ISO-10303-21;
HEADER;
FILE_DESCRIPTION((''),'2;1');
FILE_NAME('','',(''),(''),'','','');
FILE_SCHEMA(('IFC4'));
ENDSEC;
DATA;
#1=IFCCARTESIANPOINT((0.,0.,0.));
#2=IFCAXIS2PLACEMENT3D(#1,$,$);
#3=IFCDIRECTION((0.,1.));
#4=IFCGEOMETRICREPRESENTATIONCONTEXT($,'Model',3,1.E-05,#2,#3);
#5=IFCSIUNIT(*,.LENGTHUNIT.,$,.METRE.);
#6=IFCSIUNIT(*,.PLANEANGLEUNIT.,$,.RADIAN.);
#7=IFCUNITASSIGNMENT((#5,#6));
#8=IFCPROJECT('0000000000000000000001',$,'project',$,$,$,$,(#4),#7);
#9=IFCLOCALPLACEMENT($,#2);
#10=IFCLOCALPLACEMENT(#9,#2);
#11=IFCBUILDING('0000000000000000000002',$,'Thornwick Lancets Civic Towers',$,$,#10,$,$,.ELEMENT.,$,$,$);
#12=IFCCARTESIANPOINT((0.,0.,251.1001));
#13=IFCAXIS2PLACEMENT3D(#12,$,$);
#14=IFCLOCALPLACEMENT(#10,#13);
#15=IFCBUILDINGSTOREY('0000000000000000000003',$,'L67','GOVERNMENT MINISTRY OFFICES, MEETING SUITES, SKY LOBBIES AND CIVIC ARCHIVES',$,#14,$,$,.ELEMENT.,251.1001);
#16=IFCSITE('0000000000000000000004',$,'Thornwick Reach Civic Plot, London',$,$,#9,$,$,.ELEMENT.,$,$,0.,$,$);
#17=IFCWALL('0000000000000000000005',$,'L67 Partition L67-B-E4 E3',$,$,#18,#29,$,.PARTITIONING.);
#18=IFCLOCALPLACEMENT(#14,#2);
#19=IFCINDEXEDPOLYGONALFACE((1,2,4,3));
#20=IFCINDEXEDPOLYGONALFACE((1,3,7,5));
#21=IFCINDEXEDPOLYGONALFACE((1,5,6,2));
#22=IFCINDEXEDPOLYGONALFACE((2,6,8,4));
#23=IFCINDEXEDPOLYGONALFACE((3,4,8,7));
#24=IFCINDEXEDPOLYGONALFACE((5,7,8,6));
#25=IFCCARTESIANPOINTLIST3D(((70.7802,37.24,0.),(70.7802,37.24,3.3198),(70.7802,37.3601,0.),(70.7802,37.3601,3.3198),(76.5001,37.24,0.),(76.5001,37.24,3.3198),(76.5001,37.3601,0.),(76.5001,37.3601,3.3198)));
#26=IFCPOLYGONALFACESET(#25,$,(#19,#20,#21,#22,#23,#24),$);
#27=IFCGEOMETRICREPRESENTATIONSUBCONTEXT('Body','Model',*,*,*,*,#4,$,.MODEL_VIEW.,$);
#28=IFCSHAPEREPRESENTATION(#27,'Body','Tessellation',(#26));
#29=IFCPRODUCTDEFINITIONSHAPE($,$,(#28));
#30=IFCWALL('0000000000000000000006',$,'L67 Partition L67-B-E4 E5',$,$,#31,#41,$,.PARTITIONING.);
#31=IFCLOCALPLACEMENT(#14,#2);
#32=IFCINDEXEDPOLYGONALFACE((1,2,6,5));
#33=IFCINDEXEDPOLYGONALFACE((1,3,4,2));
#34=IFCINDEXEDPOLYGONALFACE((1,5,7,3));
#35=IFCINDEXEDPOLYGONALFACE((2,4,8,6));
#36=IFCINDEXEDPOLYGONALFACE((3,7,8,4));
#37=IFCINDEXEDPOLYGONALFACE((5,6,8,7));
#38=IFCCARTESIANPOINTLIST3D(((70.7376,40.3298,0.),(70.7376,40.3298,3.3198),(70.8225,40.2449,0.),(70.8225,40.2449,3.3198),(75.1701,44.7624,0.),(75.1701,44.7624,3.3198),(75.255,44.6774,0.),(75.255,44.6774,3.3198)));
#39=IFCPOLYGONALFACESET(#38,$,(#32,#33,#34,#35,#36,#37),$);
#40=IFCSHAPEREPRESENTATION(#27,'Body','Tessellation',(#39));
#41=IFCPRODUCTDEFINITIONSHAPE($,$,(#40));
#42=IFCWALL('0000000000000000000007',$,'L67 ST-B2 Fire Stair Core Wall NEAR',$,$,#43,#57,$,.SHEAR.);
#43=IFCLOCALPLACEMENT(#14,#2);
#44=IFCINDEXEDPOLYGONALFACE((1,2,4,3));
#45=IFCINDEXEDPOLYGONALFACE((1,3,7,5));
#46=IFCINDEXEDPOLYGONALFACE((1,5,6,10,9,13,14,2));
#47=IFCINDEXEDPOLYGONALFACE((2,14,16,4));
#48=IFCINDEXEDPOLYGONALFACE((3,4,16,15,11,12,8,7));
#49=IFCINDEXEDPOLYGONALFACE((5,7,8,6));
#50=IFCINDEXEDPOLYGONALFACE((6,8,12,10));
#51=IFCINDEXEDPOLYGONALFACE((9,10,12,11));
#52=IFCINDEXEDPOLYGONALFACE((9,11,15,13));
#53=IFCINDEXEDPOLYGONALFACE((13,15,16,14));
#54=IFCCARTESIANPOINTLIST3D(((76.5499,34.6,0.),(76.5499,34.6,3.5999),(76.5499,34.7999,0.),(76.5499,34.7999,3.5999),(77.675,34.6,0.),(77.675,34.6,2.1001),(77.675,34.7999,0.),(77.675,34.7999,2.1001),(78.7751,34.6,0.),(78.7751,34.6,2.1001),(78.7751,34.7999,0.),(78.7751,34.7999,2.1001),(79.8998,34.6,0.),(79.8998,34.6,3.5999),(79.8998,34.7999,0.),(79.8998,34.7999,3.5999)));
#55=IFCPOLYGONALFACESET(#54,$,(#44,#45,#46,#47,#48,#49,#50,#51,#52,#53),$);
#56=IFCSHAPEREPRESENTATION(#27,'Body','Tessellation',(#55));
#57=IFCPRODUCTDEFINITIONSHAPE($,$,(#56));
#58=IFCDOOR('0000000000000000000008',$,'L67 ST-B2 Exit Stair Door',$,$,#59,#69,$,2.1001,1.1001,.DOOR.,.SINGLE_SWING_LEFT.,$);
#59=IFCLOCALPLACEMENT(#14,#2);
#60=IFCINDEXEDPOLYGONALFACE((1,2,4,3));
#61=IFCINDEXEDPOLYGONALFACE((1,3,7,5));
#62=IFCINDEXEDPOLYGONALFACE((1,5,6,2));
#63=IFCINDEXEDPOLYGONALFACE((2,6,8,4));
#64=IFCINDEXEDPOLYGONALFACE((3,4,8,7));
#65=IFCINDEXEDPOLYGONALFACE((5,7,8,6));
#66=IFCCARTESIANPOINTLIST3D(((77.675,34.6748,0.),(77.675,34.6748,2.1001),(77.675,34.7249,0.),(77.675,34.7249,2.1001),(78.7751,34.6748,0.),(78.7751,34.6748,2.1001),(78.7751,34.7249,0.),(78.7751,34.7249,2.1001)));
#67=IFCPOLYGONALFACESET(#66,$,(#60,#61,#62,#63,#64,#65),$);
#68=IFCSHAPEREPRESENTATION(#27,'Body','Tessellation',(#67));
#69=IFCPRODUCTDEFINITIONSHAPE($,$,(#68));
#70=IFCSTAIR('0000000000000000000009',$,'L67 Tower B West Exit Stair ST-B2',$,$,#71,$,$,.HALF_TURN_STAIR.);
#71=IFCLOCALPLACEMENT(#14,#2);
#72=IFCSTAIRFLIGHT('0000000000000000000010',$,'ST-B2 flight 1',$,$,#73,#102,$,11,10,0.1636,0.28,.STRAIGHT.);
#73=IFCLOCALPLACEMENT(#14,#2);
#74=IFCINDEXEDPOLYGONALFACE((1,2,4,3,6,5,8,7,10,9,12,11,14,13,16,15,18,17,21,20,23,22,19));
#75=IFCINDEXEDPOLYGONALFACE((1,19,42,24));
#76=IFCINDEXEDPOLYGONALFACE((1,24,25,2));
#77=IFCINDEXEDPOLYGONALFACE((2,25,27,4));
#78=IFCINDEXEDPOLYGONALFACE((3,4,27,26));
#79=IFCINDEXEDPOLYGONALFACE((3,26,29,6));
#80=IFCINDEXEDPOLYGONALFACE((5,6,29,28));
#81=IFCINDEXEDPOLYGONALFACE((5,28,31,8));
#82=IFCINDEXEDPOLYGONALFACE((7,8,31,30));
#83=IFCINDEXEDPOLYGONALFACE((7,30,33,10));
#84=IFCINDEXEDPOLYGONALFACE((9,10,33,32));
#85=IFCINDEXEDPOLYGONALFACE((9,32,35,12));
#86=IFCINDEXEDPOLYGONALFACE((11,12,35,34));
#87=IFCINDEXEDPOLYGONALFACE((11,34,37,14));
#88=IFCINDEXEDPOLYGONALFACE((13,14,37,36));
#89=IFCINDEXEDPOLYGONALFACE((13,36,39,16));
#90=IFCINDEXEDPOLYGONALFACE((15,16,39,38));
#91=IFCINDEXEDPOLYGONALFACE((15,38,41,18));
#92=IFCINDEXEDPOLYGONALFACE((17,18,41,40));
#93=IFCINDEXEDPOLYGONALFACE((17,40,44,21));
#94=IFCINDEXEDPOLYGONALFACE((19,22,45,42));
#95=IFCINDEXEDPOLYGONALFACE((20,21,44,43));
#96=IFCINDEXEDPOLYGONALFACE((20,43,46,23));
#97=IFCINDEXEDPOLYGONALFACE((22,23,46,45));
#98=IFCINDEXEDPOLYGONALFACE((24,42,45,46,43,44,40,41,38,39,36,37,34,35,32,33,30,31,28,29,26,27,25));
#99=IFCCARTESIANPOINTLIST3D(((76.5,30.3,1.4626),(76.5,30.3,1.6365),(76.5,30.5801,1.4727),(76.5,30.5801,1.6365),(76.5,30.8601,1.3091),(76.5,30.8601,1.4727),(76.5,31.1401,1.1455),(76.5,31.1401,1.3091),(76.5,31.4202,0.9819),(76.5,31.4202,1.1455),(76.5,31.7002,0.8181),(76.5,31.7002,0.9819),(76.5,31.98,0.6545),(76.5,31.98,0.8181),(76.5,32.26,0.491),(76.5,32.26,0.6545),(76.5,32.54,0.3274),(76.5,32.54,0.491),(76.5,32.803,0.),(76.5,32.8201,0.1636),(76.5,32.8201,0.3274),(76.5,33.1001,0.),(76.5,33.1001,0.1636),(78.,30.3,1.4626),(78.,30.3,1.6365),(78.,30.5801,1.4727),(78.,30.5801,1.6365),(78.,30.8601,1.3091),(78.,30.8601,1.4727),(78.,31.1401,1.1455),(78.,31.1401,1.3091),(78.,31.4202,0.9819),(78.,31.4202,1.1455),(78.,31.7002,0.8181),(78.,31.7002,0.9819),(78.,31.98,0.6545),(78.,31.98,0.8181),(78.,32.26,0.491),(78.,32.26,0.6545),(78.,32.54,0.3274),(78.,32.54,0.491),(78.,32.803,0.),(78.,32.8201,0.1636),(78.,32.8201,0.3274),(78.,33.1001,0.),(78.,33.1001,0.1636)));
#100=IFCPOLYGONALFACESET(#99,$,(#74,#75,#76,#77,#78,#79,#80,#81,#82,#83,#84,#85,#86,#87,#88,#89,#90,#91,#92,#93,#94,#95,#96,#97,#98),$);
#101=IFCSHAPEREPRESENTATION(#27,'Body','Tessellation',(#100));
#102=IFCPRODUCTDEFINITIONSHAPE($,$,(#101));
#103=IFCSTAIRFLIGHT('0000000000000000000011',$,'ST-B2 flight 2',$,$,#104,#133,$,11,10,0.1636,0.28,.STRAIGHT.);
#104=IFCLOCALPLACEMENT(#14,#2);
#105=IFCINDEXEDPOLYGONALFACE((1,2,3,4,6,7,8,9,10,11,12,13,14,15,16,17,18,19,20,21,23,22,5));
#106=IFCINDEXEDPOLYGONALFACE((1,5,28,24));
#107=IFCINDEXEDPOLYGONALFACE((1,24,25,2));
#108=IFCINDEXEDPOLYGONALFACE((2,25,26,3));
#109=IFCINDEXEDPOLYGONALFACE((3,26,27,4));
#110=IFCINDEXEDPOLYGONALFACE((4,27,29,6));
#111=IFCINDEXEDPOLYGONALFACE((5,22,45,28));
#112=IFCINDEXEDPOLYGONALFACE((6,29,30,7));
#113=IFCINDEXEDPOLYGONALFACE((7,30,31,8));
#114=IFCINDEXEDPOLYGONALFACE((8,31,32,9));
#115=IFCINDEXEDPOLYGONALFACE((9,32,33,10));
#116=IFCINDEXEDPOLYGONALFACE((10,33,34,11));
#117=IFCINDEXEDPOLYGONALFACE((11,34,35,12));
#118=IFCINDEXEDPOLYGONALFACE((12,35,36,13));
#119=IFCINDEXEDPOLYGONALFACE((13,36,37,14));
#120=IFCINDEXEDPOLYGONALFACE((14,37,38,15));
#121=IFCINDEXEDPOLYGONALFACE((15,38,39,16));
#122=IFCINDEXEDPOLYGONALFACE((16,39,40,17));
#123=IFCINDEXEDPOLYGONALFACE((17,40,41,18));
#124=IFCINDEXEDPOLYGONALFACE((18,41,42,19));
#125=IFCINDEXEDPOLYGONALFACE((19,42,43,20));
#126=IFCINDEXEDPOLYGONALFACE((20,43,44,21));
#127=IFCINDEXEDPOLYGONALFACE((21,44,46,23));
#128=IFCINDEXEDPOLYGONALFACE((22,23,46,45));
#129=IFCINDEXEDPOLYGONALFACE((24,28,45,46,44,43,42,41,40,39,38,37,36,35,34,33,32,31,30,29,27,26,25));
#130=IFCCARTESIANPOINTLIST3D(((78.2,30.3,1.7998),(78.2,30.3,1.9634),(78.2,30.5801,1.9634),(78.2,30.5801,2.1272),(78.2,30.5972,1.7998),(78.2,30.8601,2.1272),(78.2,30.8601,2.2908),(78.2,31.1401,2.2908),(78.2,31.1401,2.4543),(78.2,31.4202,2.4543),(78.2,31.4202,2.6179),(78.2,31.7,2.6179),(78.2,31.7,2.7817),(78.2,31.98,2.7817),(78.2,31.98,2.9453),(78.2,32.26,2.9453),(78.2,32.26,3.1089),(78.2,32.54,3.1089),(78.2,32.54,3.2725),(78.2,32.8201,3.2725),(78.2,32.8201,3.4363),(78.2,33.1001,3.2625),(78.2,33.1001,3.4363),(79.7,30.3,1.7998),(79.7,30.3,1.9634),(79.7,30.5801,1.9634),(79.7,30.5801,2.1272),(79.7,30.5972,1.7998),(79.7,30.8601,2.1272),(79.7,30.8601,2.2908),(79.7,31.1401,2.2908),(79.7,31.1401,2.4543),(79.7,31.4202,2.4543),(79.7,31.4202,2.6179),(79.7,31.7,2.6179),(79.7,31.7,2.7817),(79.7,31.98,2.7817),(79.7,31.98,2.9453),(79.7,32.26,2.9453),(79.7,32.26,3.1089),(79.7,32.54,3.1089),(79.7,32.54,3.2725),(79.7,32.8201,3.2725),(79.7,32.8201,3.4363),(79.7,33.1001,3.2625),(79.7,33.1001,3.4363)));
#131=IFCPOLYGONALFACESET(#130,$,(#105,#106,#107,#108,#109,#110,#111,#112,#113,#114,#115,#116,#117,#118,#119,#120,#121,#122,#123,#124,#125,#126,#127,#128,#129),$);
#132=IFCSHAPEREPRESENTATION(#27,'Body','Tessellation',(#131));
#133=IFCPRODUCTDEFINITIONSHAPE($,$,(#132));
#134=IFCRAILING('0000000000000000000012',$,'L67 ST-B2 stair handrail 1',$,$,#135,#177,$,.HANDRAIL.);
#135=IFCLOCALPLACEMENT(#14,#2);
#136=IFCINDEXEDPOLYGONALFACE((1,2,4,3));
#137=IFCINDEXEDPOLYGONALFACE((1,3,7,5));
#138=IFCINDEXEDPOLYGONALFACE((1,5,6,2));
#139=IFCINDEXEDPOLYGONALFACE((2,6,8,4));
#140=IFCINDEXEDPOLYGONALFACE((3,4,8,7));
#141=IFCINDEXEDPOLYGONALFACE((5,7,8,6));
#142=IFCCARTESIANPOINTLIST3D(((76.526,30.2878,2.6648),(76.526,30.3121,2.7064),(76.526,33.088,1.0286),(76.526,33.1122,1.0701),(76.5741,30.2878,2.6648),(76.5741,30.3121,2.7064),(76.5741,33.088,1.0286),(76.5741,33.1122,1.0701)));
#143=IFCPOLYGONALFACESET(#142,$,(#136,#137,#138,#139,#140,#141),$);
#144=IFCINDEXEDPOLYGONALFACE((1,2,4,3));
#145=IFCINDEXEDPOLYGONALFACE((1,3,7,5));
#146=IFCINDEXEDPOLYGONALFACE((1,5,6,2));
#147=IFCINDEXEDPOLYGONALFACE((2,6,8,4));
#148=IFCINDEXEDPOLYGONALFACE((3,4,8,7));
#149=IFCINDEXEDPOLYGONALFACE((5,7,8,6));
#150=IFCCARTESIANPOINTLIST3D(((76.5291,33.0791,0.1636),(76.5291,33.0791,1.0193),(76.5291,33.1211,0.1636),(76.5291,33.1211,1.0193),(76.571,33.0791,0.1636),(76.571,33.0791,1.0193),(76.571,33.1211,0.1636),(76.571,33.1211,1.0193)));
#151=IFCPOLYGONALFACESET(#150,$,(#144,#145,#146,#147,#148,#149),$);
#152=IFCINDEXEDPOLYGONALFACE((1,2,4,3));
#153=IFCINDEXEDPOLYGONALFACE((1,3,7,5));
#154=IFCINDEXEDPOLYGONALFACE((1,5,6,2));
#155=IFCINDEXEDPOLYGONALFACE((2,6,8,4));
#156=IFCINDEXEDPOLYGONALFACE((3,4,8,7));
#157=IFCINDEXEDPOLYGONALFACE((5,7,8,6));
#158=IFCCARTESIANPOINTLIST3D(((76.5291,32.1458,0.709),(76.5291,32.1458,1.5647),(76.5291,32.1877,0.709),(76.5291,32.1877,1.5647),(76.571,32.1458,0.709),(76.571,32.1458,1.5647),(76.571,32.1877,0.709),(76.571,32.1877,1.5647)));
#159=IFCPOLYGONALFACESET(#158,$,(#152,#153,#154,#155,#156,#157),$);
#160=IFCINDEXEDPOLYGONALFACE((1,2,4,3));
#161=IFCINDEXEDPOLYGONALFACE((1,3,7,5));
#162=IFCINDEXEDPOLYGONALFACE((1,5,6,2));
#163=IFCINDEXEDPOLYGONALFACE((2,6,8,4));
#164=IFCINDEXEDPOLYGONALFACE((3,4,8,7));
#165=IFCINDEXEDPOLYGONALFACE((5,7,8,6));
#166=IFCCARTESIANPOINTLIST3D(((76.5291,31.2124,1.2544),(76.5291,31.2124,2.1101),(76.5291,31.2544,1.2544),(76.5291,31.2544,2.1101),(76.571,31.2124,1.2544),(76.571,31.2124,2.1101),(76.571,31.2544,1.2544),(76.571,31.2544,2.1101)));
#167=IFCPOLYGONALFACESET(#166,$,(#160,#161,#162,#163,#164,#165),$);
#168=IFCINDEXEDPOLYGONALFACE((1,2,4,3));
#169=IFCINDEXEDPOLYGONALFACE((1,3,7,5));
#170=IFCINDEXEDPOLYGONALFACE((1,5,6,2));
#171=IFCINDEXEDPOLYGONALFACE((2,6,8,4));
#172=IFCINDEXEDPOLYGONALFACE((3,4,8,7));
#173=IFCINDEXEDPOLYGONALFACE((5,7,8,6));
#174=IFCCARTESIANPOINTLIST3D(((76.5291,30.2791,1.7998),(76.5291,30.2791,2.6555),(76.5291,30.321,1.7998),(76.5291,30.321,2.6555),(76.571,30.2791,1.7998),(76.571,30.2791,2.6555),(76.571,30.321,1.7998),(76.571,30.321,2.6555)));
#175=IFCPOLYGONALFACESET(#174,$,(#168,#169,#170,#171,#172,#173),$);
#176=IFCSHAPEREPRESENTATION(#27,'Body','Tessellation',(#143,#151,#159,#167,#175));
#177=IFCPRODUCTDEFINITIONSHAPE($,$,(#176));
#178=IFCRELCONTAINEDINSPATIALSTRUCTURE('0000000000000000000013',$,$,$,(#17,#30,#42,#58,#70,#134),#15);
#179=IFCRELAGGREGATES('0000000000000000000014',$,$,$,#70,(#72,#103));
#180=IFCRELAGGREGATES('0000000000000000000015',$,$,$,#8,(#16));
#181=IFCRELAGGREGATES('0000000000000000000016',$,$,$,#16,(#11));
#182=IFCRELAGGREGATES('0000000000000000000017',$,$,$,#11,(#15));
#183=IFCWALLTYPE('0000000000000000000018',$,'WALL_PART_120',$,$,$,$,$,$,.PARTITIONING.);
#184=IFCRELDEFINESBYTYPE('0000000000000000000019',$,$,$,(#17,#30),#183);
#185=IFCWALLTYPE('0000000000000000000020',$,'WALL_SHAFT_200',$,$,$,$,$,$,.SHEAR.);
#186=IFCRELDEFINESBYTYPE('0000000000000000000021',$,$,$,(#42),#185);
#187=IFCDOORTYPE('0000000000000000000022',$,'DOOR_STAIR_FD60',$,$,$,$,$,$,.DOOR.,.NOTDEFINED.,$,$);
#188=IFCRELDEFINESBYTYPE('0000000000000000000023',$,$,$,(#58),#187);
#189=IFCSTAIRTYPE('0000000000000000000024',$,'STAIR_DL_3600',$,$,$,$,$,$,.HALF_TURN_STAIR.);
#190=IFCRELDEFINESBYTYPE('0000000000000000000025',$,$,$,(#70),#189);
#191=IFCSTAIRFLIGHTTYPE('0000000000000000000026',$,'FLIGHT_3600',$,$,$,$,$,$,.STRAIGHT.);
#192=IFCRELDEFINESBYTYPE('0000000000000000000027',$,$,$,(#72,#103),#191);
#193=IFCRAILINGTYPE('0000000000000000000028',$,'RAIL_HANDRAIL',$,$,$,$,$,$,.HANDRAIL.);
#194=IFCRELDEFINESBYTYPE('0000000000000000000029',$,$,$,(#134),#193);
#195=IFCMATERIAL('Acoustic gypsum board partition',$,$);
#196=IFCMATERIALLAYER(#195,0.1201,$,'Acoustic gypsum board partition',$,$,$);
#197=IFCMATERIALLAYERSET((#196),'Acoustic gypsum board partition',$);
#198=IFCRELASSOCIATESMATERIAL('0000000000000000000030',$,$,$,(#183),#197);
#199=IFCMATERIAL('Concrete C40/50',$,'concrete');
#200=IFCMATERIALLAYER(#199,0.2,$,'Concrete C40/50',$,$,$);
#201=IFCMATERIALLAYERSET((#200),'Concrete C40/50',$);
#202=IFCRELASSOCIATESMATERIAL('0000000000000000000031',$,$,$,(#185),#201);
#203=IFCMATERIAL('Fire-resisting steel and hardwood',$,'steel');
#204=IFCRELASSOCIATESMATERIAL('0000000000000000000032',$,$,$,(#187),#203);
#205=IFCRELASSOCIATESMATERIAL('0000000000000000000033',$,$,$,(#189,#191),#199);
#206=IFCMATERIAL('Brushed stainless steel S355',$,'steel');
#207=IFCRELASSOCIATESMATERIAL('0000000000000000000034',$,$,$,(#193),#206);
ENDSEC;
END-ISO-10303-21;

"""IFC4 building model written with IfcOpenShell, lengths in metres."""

from ifc_helpers import new_model, si_unit, direction, frame, frame_2d, origin, origin_2d, place, context, subcontext, project, spatial, polyline, rectangle, outline, extrude, material, layer, layer_set, type_object, element, fill, aggregate, save


model = new_model("IFC4")

# Units and contexts
model_context = context("Model", 3, precision=1e-05, world=origin(), true_north=direction((0.0, 1.0)))
body_context = subcontext(model_context, "Body", "Model", "MODEL_VIEW")
ifc_project = project(units=[si_unit("LENGTHUNIT", "METRE"), si_unit("PLANEANGLEUNIT", "RADIAN")], contexts=[model_context])

# Site, building, storey
site_placement = place(None, origin())
site = spatial("IfcSite", under=ifc_project, at=site_placement, Name="Thornwick Reach Civic Plot, London", CompositionType="ELEMENT", RefElevation=0.0)
building_placement = place(site_placement, origin())
building = spatial("IfcBuilding", under=site, at=building_placement, Name="Thornwick Lancets Civic Towers", CompositionType="ELEMENT")
storey_placement = place(building_placement, frame((0.0, 0.0, 251.1001)))
storey = spatial("IfcBuildingStorey", under=building, at=storey_placement, Name="L67", Description="GOVERNMENT MINISTRY OFFICES, MEETING SUITES, SKY LOBBIES AND CIVIC ARCHIVES", CompositionType="ELEMENT", Elevation=251.1001)

# Shared definitions
ifc_material_1 = material(Name="Concrete C40/50", Category="concrete")

# Walls
ifc_material_2 = material(Name="Acoustic gypsum board partition")
ifc_layer_1 = layer(ifc_material_2, 0.1201, Name="Acoustic gypsum board partition")
ifc_layer_set_1 = layer_set([ifc_layer_1], Name="Acoustic gypsum board partition")
wall_type_1 = type_object("IfcWallType", Name="WALL_PART_120", PredefinedType="PARTITIONING", material=ifc_layer_set_1)
wall_1_placement = place(storey_placement, frame((76.5, 37.3, 0.0), z_axis=(0.0, 0.0, 1.0), x_axis=(-1.0, 0.0, 0.0)))
element("IfcWall", 1, at=wall_1_placement, inside=storey, type_object=wall_type_1, Name="L67 Partition L67-B-E4 E3", PredefinedType="PARTITIONING", context=body_context, shape_type="SweptSolid", body=[
    extrude(rectangle(XDim=5.72, YDim=0.1201, at=frame_2d((2.8599, 0.0))), origin(), (0.0, 0.0, 1.0), 3.3198),
])
wall_2_placement = place(storey_placement, frame((70.78, 40.2874, 0.0), z_axis=(0.0, 0.0, 1.0), x_axis=(0.707107, 0.707107, 0.0)))
element("IfcWall", 2, at=wall_2_placement, inside=storey, type_object=wall_type_1, Name="L67 Partition L67-B-E4 E5", PredefinedType="PARTITIONING", context=body_context, shape_type="SweptSolid", body=[
    extrude(rectangle(XDim=6.2686, YDim=0.1201, at=frame_2d((3.1343, 0.0))), origin(), (0.0, 0.0, 1.0), 3.3198),
])

# Wall, opening, door
ifc_layer_2 = layer(ifc_material_1, 0.2, Name="Concrete C40/50")
ifc_layer_set_2 = layer_set([ifc_layer_2], Name="Concrete C40/50")
wall_type_2 = type_object("IfcWallType", Name="WALL_SHAFT_200", PredefinedType="SHEAR", material=ifc_layer_set_2)
wall_3_placement = place(storey_placement, frame((76.55, 34.7, 0.0), z_axis=(0.0, 0.0, 1.0), x_axis=(1.0, 0.0, 0.0)))
wall_3 = element("IfcWall", 3, at=wall_3_placement, inside=storey, type_object=wall_type_2, Name="L67 ST-B2 Fire Stair Core Wall NEAR", PredefinedType="SHEAR", context=body_context, shape_type="SweptSolid", body=[
    extrude(rectangle(XDim=3.3499, YDim=0.2, at=frame_2d((1.6748, 0.0))), origin(), (0.0, 0.0, 1.0), 3.5999),
])
opening_1_placement = place(wall_3_placement, frame((1.125, 0.0, 0.0)))
opening_1 = element("IfcOpeningElement", 4, at=opening_1_placement, cuts=wall_3, PredefinedType="OPENING", context=body_context, shape_type="SweptSolid", body=[
    extrude(rectangle(XDim=1.1001, YDim=2.1001, at=frame_2d((0.55, 1.05))), frame((0.0, 0.1099, 0.0), z_axis=(0.0, -1.0, 0.0), x_axis=(1.0, 0.0, 0.0)), (0.0, 0.0, 1.0), 0.22),
])
ifc_material_3 = material(Name="Fire-resisting steel and hardwood", Category="steel")
door_type = type_object("IfcDoorType", Name="DOOR_STAIR_FD60", OperationType="NOTDEFINED", PredefinedType="DOOR", material=ifc_material_3)
door_placement = place(opening_1_placement, origin())
door = element("IfcDoor", 5, at=door_placement, inside=storey, type_object=door_type, Name="L67 ST-B2 Exit Stair Door", OperationType="SINGLE_SWING_LEFT", OverallHeight=2.1001, OverallWidth=1.1001, PredefinedType="DOOR", context=body_context, shape_type="SweptSolid", body=[
    extrude(rectangle(XDim=1.1001, YDim=2.1001, at=frame_2d((0.55, 1.05))), frame((0.0, 0.0249, 0.0), z_axis=(0.0, -1.0, 0.0), x_axis=(1.0, 0.0, 0.0)), (0.0, 0.0, 1.0), 0.05),
])
fill(opening_1, door)

# Stair, stair flights
stair_type = type_object("IfcStairType", Name="STAIR_DL_3600", PredefinedType="HALF_TURN_STAIR", material=ifc_material_1)
stair_placement = place(storey_placement, origin())
stair = element("IfcStair", 6, at=stair_placement, inside=storey, type_object=stair_type, Name="L67 Tower B West Exit Stair ST-B2", PredefinedType="HALF_TURN_STAIR")
stair_flight_type = type_object("IfcStairFlightType", Name="FLIGHT_3600", PredefinedType="STRAIGHT", material=ifc_material_1)
stair_flight_1_placement = place(storey_placement, frame((77.25, 33.1001, 0.0), z_axis=(0.0, 0.0, 1.0), x_axis=(0.0, -1.0, 0.0)))
stair_flight_1 = element("IfcStairFlight", 7, at=stair_flight_1_placement, type_object=stair_flight_type, Name="ST-B2 flight 1", NumberOfRisers=11, NumberOfTreads=10, PredefinedType="STRAIGHT", RiserHeight=0.1636, TreadLength=0.28, context=body_context, shape_type="SweptSolid", body=[
    extrude(outline(polyline([(0.0, 0.0), (0.0, 0.1636), (0.28, 0.1636), (0.28, 0.3274), (0.5601, 0.3274), (0.5601, 0.491), (0.8401, 0.491), (0.8401, 0.6545), (1.1201, 0.6545), (1.1201, 0.8181), (1.3999, 0.8181), (1.3999, 0.9819), (1.6799, 0.9819), (1.6799, 1.1455), (1.96, 1.1455), (1.96, 1.3091), (2.24, 1.3091), (2.24, 1.4727), (2.52, 1.4727), (2.52, 1.6365), (2.8, 1.6365), (2.8, 1.8), (2.8, 1.4626), (0.2971, 0.0), (0.0, 0.0)])), frame((0.0, 0.75, 0.0), z_axis=(0.0, -1.0, 0.0), x_axis=(1.0, 0.0, 0.0)), (0.0, 0.0, 1.0), 1.5),
])
stair_flight_2_placement = place(storey_placement, frame((78.95, 30.3, 1.7998), z_axis=(0.0, 0.0, 1.0), x_axis=(0.0, 1.0, 0.0)))
stair_flight_2 = element("IfcStairFlight", 8, at=stair_flight_2_placement, type_object=stair_flight_type, Name="ST-B2 flight 2", NumberOfRisers=11, NumberOfTreads=10, PredefinedType="STRAIGHT", RiserHeight=0.1636, TreadLength=0.28, context=body_context, shape_type="SweptSolid", body=[
    extrude(outline(polyline([(0.0, 0.0), (0.0, 0.1636), (0.28, 0.1636), (0.28, 0.3274), (0.5601, 0.3274), (0.5601, 0.491), (0.8401, 0.491), (0.8401, 0.6545), (1.1201, 0.6545), (1.1201, 0.8181), (1.3999, 0.8181), (1.3999, 0.9819), (1.6799, 0.9819), (1.6799, 1.1455), (1.96, 1.1455), (1.96, 1.3091), (2.24, 1.3091), (2.24, 1.4727), (2.52, 1.4727), (2.52, 1.6365), (2.8, 1.6365), (2.8, 1.8), (2.8, 1.4626), (0.2971, 0.0), (0.0, 0.0)])), frame((0.0, 0.75, 0.0), z_axis=(0.0, -1.0, 0.0), x_axis=(1.0, 0.0, 0.0)), (0.0, 0.0, 1.0), 1.5),
])
aggregate(stair, [stair_flight_1, stair_flight_2])

# Railing
ifc_material_4 = material(Name="Brushed stainless steel S355", Category="steel")
railing_type_1 = type_object("IfcRailingType", Name="RAIL_HANDRAIL", PredefinedType="HANDRAIL", material=ifc_material_4)
railing_1_placement = place(storey_placement, frame((76.55, 33.1001, 0.1636)))
element("IfcRailing", 9, at=railing_1_placement, inside=storey, type_object=railing_type_1, Name="L67 ST-B2 stair handrail 1", PredefinedType="HANDRAIL", context=body_context, shape_type="SweptSolid", body=[
    extrude(rectangle(XDim=0.0481, YDim=0.0481, at=origin_2d()), frame((0.0, 0.0, 0.8857), z_axis=(0.0, -0.863394, 0.504531), x_axis=(1.0, 0.0, 0.0)), (0.0, 0.0, 1.0), 3.2432),
    extrude(rectangle(XDim=0.042, YDim=0.042, at=origin_2d()), origin(), (0.0, 0.0, 1.0), 0.8557),
    extrude(rectangle(XDim=0.042, YDim=0.042, at=origin_2d()), frame((0.0, -0.9333, 0.5454)), (0.0, 0.0, 1.0), 0.8557),
    extrude(rectangle(XDim=0.042, YDim=0.042, at=origin_2d()), frame((0.0, -1.8667, 1.0908)), (0.0, 0.0, 1.0), 0.8557),
    extrude(rectangle(XDim=0.042, YDim=0.042, at=origin_2d()), frame((0.0, -2.8, 1.6362)), (0.0, 0.0, 1.0), 0.8557),
])

save(model, "model.ifc")
